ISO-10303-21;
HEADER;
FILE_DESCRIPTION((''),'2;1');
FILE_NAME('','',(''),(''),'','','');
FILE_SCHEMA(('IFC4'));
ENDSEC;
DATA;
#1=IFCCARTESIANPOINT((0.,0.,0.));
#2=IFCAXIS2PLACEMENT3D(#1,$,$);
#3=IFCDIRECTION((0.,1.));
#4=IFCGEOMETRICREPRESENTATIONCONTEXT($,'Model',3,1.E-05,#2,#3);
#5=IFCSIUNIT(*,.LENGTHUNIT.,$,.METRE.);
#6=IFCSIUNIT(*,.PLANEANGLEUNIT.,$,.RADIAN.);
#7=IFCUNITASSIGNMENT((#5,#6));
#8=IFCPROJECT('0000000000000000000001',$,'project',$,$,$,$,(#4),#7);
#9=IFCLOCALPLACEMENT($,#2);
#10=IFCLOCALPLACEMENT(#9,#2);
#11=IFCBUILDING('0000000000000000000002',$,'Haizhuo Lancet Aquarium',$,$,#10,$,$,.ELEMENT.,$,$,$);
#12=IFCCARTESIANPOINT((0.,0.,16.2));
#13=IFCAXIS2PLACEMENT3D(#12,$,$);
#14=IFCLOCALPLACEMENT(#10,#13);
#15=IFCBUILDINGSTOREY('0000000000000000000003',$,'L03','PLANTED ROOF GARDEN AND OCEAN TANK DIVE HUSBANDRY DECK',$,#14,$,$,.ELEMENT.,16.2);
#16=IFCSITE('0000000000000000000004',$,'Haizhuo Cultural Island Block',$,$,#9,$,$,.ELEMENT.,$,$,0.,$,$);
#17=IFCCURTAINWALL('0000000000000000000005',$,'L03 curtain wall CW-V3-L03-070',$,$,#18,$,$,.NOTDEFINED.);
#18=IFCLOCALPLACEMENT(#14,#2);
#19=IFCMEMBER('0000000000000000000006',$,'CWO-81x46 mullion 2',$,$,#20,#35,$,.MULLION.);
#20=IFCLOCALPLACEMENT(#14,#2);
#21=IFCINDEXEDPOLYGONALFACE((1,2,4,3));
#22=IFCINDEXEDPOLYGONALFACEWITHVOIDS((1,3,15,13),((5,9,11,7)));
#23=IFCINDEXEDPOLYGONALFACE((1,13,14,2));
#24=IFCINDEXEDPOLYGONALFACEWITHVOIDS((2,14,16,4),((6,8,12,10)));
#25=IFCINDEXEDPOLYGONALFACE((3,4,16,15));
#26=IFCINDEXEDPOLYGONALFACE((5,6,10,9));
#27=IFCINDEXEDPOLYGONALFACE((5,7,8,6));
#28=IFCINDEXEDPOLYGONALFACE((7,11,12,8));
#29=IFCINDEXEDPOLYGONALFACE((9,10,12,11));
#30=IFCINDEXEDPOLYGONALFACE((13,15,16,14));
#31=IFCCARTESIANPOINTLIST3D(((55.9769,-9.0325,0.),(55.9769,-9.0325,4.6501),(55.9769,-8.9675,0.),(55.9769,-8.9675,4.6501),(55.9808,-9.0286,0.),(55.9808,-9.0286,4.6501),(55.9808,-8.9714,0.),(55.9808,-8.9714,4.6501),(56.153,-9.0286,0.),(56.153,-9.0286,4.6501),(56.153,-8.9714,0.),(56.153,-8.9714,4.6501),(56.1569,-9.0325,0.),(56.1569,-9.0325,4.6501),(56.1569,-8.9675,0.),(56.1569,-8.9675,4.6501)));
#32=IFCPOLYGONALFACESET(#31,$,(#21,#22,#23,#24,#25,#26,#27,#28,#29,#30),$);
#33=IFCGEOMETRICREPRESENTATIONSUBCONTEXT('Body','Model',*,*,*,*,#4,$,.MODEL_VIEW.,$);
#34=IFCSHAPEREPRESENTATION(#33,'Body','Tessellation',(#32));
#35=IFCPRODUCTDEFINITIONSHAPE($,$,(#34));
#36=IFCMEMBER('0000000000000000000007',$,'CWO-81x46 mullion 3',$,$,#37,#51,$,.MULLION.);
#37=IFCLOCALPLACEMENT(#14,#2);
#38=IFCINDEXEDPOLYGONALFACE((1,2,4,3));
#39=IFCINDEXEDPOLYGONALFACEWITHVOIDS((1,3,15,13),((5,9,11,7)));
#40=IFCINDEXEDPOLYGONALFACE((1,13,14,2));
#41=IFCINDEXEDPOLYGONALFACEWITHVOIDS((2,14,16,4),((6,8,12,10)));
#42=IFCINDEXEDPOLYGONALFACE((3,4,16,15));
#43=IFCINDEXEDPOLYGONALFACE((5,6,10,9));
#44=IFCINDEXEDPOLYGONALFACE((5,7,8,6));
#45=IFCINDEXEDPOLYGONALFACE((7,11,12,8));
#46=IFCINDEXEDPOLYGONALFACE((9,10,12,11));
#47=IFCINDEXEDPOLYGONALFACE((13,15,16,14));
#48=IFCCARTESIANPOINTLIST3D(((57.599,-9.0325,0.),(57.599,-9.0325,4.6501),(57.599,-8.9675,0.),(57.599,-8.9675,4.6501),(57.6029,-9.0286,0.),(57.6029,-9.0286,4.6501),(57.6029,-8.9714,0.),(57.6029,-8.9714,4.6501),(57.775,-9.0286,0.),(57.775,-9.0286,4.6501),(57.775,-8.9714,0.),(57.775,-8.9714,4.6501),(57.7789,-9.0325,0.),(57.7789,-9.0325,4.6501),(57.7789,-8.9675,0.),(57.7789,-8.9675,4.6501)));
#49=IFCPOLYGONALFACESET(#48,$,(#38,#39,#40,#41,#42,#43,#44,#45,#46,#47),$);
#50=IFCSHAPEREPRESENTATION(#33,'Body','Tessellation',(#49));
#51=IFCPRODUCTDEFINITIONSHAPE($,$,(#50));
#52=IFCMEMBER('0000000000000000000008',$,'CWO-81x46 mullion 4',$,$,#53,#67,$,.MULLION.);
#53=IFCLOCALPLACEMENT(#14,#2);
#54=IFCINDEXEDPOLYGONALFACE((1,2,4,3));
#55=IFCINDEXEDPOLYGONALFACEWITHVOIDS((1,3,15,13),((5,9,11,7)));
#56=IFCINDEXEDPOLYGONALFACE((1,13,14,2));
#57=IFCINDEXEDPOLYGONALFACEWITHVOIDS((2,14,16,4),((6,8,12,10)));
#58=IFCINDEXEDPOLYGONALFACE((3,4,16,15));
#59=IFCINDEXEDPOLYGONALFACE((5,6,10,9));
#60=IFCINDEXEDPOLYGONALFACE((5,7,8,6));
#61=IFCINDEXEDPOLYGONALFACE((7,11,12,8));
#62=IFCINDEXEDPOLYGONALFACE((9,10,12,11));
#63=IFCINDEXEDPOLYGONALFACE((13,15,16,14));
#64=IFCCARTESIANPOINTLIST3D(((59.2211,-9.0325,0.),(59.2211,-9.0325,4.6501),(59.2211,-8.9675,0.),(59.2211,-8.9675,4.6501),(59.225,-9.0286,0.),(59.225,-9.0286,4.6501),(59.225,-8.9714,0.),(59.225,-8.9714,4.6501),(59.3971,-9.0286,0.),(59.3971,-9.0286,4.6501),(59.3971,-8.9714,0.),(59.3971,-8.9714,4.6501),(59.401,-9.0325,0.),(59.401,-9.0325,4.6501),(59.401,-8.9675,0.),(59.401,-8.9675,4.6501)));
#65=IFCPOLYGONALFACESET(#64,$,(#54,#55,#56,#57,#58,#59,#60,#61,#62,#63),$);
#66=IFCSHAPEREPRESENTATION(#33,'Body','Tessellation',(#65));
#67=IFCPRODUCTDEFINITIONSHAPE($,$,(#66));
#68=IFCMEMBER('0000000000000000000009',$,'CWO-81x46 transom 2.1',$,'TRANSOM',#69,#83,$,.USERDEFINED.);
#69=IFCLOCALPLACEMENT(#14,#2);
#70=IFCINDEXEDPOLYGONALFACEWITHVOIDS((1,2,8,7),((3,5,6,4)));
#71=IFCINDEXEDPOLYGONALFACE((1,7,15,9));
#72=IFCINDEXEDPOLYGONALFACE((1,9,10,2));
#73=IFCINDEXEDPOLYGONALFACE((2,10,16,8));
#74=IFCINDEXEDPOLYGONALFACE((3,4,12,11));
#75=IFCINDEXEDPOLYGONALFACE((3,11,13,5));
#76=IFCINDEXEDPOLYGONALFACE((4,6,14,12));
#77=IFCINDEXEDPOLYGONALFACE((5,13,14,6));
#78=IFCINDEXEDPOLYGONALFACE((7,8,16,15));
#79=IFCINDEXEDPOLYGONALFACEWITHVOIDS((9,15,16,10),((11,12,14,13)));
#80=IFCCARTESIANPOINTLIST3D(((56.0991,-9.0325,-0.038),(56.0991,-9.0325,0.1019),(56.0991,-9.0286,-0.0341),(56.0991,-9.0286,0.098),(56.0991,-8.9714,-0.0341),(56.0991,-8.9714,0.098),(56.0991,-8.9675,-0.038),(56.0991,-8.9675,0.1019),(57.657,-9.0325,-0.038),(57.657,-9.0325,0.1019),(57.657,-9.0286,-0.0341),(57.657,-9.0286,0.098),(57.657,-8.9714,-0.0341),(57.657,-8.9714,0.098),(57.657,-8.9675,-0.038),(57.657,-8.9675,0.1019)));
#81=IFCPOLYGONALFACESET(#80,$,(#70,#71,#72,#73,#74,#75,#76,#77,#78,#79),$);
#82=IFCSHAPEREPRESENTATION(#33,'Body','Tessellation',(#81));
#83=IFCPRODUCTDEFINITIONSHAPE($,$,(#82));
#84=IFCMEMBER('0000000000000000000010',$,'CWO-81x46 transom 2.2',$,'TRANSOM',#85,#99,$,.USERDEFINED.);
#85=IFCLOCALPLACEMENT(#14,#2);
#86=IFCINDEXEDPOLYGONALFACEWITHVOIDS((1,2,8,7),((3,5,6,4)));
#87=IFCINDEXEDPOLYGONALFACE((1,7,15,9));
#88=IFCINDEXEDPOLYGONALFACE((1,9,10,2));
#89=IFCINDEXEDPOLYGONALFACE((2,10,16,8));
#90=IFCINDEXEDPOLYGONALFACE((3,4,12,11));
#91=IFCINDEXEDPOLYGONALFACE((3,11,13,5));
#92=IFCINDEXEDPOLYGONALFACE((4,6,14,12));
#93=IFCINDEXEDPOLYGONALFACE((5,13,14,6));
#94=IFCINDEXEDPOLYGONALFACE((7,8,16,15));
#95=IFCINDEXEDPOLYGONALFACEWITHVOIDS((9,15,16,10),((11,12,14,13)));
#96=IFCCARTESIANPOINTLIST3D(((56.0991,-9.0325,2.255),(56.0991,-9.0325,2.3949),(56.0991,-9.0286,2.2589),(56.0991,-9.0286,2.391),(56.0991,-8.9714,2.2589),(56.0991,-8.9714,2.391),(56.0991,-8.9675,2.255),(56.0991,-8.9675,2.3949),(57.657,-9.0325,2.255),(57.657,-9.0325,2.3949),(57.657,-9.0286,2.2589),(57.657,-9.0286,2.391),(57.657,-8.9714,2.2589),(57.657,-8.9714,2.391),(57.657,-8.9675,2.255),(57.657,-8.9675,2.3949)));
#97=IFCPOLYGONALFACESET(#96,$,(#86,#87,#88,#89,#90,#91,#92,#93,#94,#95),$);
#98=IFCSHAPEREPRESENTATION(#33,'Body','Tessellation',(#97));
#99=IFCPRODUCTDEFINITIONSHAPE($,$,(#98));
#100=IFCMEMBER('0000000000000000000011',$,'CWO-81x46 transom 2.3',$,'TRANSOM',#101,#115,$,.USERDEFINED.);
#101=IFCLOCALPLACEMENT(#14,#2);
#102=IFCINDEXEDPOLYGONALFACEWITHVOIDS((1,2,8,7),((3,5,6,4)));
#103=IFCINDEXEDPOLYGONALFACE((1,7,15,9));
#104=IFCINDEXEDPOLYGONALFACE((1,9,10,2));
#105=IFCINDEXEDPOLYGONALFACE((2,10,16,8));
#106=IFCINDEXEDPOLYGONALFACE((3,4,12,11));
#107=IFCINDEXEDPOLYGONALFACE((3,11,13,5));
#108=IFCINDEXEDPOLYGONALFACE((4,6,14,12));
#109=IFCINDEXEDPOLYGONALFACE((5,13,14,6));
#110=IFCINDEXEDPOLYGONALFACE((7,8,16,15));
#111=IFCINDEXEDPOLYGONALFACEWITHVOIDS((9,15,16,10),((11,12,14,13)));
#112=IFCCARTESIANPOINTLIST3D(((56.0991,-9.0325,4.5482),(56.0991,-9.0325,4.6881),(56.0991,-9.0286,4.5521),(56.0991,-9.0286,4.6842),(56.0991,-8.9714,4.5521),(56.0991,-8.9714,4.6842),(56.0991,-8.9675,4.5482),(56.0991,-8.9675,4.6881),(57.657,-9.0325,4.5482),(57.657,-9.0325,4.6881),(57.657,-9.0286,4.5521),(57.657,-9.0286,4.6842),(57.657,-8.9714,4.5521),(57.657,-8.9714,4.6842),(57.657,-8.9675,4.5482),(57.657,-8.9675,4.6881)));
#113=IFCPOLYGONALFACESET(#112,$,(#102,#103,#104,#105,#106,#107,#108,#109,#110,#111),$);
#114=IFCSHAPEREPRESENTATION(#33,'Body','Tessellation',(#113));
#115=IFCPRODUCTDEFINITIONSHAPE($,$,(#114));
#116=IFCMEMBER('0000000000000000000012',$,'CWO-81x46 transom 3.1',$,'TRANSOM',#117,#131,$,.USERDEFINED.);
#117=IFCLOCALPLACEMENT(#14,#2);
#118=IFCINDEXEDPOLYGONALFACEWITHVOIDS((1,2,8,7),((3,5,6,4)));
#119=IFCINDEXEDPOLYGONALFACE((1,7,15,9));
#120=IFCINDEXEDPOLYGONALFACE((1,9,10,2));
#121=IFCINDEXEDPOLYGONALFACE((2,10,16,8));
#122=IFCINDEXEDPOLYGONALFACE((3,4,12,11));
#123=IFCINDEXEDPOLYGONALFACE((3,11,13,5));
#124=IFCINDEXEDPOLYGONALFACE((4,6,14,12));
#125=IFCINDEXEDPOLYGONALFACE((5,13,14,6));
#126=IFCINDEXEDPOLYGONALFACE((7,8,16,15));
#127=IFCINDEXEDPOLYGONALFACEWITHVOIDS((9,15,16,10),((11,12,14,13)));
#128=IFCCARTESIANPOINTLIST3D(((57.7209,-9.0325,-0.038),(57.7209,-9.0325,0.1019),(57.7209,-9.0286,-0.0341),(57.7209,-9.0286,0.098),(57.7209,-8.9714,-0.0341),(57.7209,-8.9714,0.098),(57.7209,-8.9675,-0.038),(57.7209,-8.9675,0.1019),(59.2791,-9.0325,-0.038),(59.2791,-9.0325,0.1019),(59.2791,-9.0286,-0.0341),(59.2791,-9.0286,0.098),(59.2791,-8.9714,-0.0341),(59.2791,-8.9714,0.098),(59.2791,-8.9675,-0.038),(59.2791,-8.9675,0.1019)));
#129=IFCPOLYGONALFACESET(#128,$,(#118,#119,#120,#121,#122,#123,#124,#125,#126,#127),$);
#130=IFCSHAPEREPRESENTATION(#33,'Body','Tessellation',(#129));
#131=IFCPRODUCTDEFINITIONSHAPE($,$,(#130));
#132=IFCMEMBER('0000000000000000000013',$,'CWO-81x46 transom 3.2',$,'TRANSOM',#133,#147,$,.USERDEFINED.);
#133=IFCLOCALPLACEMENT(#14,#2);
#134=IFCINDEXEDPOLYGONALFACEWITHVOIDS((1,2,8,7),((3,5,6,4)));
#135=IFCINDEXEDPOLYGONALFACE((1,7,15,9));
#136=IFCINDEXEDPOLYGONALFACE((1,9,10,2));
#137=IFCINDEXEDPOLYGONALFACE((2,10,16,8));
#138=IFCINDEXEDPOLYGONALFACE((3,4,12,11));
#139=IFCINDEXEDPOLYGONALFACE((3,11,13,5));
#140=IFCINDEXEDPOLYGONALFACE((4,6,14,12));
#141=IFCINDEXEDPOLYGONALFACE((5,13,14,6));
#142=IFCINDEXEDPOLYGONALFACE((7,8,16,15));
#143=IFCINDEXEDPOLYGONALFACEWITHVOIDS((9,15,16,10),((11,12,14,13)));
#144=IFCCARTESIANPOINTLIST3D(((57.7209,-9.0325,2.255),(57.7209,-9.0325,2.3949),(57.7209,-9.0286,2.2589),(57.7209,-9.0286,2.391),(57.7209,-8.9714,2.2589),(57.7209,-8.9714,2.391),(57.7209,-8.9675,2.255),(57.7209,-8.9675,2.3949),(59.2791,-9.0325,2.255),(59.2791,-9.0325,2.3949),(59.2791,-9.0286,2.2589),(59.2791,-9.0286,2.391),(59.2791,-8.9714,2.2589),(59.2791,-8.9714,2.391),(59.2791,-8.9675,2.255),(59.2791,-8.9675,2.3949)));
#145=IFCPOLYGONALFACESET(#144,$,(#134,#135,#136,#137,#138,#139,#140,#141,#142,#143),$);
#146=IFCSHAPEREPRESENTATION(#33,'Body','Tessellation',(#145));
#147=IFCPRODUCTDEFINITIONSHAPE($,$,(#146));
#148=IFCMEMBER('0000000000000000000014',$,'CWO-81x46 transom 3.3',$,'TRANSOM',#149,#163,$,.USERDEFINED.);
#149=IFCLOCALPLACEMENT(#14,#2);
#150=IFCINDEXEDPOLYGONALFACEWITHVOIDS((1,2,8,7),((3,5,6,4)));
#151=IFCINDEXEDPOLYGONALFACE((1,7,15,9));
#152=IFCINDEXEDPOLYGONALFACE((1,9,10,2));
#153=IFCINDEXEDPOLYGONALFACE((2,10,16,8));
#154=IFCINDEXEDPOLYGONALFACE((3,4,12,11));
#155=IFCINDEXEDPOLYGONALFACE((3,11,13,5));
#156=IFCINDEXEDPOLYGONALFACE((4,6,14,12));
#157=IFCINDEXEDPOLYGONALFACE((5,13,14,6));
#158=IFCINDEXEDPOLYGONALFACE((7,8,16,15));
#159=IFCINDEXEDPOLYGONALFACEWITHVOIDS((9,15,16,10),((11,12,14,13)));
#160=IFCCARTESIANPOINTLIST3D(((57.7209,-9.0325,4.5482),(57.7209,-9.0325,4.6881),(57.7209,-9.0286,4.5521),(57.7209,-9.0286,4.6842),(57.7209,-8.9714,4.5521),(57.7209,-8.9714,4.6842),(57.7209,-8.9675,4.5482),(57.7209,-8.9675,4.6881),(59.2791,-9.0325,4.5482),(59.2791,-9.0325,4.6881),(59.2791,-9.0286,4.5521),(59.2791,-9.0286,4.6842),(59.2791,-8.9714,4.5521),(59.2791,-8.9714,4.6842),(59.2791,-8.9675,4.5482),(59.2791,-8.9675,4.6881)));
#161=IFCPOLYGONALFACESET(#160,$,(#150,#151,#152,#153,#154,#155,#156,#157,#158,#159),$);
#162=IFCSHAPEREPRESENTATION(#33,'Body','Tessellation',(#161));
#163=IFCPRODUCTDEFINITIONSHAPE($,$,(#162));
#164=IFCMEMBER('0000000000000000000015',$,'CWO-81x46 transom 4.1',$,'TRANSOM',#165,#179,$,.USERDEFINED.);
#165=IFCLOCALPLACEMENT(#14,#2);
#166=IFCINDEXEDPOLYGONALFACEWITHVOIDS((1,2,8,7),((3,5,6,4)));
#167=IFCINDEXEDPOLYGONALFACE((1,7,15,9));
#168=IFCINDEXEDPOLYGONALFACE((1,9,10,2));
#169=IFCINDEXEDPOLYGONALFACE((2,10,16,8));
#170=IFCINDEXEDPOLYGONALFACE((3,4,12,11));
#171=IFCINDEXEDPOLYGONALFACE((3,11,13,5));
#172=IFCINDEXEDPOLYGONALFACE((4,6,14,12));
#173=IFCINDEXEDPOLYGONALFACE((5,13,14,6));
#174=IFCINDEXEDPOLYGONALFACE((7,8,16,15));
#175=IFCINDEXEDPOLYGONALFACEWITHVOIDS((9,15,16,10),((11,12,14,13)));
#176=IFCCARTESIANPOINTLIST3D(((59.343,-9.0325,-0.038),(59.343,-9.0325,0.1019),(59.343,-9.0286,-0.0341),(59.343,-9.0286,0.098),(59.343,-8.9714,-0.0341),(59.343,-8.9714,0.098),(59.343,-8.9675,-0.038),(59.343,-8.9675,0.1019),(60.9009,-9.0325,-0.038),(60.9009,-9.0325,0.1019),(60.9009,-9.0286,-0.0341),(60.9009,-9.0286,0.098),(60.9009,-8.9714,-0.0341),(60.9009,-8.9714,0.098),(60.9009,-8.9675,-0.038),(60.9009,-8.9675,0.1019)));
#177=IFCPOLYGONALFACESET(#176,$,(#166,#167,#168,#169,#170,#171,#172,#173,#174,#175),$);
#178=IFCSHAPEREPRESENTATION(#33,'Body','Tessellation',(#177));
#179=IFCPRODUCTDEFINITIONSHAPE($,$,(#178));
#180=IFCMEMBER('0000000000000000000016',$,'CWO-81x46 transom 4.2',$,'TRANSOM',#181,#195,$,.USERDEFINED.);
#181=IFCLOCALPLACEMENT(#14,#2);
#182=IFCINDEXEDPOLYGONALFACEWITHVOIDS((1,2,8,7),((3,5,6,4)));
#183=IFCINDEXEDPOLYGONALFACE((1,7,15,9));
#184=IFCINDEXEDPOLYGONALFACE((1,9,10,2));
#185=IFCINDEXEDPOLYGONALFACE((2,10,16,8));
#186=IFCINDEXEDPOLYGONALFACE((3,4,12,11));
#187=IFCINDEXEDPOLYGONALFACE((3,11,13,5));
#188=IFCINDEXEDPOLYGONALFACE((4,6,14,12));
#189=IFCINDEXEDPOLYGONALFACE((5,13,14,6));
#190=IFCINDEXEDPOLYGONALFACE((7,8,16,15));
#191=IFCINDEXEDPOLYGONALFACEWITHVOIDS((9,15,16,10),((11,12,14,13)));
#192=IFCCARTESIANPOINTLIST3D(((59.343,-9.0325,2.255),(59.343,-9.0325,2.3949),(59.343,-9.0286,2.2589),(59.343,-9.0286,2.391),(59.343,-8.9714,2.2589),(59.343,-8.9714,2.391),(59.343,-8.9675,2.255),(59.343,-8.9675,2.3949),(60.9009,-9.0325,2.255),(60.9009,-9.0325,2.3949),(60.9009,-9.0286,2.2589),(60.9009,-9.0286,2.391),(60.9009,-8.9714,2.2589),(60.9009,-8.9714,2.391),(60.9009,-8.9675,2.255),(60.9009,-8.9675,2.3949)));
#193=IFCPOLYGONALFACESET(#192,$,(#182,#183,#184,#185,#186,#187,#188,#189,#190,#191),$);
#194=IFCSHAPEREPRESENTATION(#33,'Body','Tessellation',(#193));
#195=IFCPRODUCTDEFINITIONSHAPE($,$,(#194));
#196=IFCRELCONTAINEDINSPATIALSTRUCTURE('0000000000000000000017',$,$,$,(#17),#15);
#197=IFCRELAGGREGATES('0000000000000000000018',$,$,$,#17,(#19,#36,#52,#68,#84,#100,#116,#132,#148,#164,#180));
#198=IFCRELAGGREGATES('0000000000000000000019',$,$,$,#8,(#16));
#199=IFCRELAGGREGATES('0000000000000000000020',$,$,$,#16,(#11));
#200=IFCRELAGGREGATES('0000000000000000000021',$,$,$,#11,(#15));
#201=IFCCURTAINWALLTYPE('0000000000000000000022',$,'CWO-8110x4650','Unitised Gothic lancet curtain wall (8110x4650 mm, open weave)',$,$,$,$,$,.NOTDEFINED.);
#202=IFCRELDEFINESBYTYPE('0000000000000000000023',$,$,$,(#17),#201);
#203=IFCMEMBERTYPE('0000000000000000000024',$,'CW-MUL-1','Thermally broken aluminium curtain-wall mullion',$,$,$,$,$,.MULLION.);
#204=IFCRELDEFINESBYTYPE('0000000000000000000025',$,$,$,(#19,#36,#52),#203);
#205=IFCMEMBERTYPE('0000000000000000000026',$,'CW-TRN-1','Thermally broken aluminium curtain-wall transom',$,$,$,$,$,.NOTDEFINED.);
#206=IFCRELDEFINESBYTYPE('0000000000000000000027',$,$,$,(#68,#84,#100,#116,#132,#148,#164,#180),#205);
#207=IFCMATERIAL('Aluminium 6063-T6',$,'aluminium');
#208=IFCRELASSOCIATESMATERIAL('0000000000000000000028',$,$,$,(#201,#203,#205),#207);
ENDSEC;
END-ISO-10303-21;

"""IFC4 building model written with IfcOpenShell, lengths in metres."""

from ifc_helpers import new_model, si_unit, direction, frame, origin, origin_2d, place, context, subcontext, project, spatial, hollow_rectangle, extrude, material, material_profile, profile_set, type_object, element, aggregate, save


model = new_model("IFC4")

# Units and contexts
model_context = context("Model", 3, precision=1e-05, world=origin(), true_north=direction((0.0, 1.0)))
body_context = subcontext(model_context, "Body", "Model", "MODEL_VIEW")
ifc_project = project(units=[si_unit("LENGTHUNIT", "METRE"), si_unit("PLANEANGLEUNIT", "RADIAN")], contexts=[model_context])

# Site, building, storey
site_placement = place(None, origin())
site = spatial("IfcSite", under=ifc_project, at=site_placement, Name="Haizhuo Cultural Island Block", CompositionType="ELEMENT", RefElevation=0.0)
building_placement = place(site_placement, origin())
building = spatial("IfcBuilding", under=site, at=building_placement, Name="Haizhuo Lancet Aquarium", CompositionType="ELEMENT")
storey_placement = place(building_placement, frame((0.0, 0.0, 16.2)))
storey = spatial("IfcBuildingStorey", under=building, at=storey_placement, Name="L03", Description="PLANTED ROOF GARDEN AND OCEAN TANK DIVE HUSBANDRY DECK", CompositionType="ELEMENT", Elevation=16.2)

# Curtain wall, members
ifc_material_1 = material(Name="Aluminium 6063-T6", Category="aluminium")
curtain_wall_type = type_object("IfcCurtainWallType", Name="CWO-8110x4650", Description="Unitised Gothic lancet curtain wall (8110x4650 mm, open weave)", PredefinedType="NOTDEFINED", material=ifc_material_1)
curtain_wall_placement = place(storey_placement, origin())
curtain_wall = element("IfcCurtainWall", 1, at=curtain_wall_placement, inside=storey, type_object=curtain_wall_type, Name="L03 curtain wall CW-V3-L03-070", PredefinedType="NOTDEFINED")
ifc_material_profile_1 = material_profile(ifc_material_1, hollow_rectangle(XDim=0.0649, YDim=0.1799, WallThickness=0.0039, at=origin_2d()), Name="ALU-M 65x180x4")
ifc_profile_set_1 = profile_set([ifc_material_profile_1], Name="Aluminium 6063-T6")
member_type_1 = type_object("IfcMemberType", Name="CW-MUL-1", Description="Thermally broken aluminium curtain-wall mullion", PredefinedType="MULLION", material=ifc_profile_set_1)
member_1_placement = place(storey_placement, frame((56.0669, -9.0, 0.0), z_axis=(0.0, 0.0, 1.0), x_axis=(0.0, 1.0, 0.0)))
member_1 = element("IfcMember", 2, at=member_1_placement, type_object=member_type_1, Name="CWO-81x46 mullion 2", PredefinedType="MULLION", context=body_context, shape_type="SweptSolid", body=[
    extrude(hollow_rectangle(XDim=0.0649, YDim=0.1799, WallThickness=0.0039, at=origin_2d()), origin(), (0.0, 0.0, 1.0), 4.6501),
])
member_2_placement = place(storey_placement, frame((57.689, -9.0, 0.0), z_axis=(0.0, 0.0, 1.0), x_axis=(0.0, 1.0, 0.0)))
member_2 = element("IfcMember", 3, at=member_2_placement, type_object=member_type_1, Name="CWO-81x46 mullion 3", PredefinedType="MULLION", context=body_context, shape_type="SweptSolid", body=[
    extrude(hollow_rectangle(XDim=0.0649, YDim=0.1799, WallThickness=0.0039, at=origin_2d()), origin(), (0.0, 0.0, 1.0), 4.6501),
])
member_3_placement = place(storey_placement, frame((59.311, -9.0, 0.0), z_axis=(0.0, 0.0, 1.0), x_axis=(0.0, 1.0, 0.0)))
member_3 = element("IfcMember", 4, at=member_3_placement, type_object=member_type_1, Name="CWO-81x46 mullion 4", PredefinedType="MULLION", context=body_context, shape_type="SweptSolid", body=[
    extrude(hollow_rectangle(XDim=0.0649, YDim=0.1799, WallThickness=0.0039, at=origin_2d()), origin(), (0.0, 0.0, 1.0), 4.6501),
])
ifc_material_profile_2 = material_profile(ifc_material_1, hollow_rectangle(XDim=0.0649, YDim=0.1399, WallThickness=0.0039, at=origin_2d()), Name="ALU-T 65x140x4")
ifc_profile_set_2 = profile_set([ifc_material_profile_2], Name="Aluminium 6063-T6")
member_type_2 = type_object("IfcMemberType", Name="CW-TRN-1", Description="Thermally broken aluminium curtain-wall transom", PredefinedType="NOTDEFINED", material=ifc_profile_set_2)
member_4_placement = place(storey_placement, frame((56.0991, -9.0, 0.032), z_axis=(1.0, 0.0, 0.0), x_axis=(0.0, 1.0, 0.0)))
member_4 = element("IfcMember", 5, at=member_4_placement, type_object=member_type_2, Name="CWO-81x46 transom 2.1", ObjectType="TRANSOM", PredefinedType="USERDEFINED", context=body_context, shape_type="SweptSolid", body=[
    extrude(hollow_rectangle(XDim=0.0649, YDim=0.1399, WallThickness=0.0039, at=origin_2d()), origin(), (0.0, 0.0, 1.0), 1.5579),
])
member_5_placement = place(storey_placement, frame((56.0991, -9.0, 2.325), z_axis=(1.0, 0.0, 0.0), x_axis=(0.0, 1.0, 0.0)))
member_5 = element("IfcMember", 6, at=member_5_placement, type_object=member_type_2, Name="CWO-81x46 transom 2.2", ObjectType="TRANSOM", PredefinedType="USERDEFINED", context=body_context, shape_type="SweptSolid", body=[
    extrude(hollow_rectangle(XDim=0.0649, YDim=0.1399, WallThickness=0.0039, at=origin_2d()), origin(), (0.0, 0.0, 1.0), 1.5579),
])
member_6_placement = place(storey_placement, frame((56.0991, -9.0, 4.6182), z_axis=(1.0, 0.0, 0.0), x_axis=(0.0, 1.0, 0.0)))
member_6 = element("IfcMember", 7, at=member_6_placement, type_object=member_type_2, Name="CWO-81x46 transom 2.3", ObjectType="TRANSOM", PredefinedType="USERDEFINED", context=body_context, shape_type="SweptSolid", body=[
    extrude(hollow_rectangle(XDim=0.0649, YDim=0.1399, WallThickness=0.0039, at=origin_2d()), origin(), (0.0, 0.0, 1.0), 1.5579),
])
member_7_placement = place(storey_placement, frame((57.7209, -9.0, 0.032), z_axis=(1.0, 0.0, 0.0), x_axis=(0.0, 1.0, 0.0)))
member_7 = element("IfcMember", 8, at=member_7_placement, type_object=member_type_2, Name="CWO-81x46 transom 3.1", ObjectType="TRANSOM", PredefinedType="USERDEFINED", context=body_context, shape_type="SweptSolid", body=[
    extrude(hollow_rectangle(XDim=0.0649, YDim=0.1399, WallThickness=0.0039, at=origin_2d()), origin(), (0.0, 0.0, 1.0), 1.5581),
])
member_8_placement = place(storey_placement, frame((57.7209, -9.0, 2.325), z_axis=(1.0, 0.0, 0.0), x_axis=(0.0, 1.0, 0.0)))
member_8 = element("IfcMember", 9, at=member_8_placement, type_object=member_type_2, Name="CWO-81x46 transom 3.2", ObjectType="TRANSOM", PredefinedType="USERDEFINED", context=body_context, shape_type="SweptSolid", body=[
    extrude(hollow_rectangle(XDim=0.0649, YDim=0.1399, WallThickness=0.0039, at=origin_2d()), origin(), (0.0, 0.0, 1.0), 1.5581),
])
member_9_placement = place(storey_placement, frame((57.7209, -9.0, 4.6182), z_axis=(1.0, 0.0, 0.0), x_axis=(0.0, 1.0, 0.0)))
member_9 = element("IfcMember", 10, at=member_9_placement, type_object=member_type_2, Name="CWO-81x46 transom 3.3", ObjectType="TRANSOM", PredefinedType="USERDEFINED", context=body_context, shape_type="SweptSolid", body=[
    extrude(hollow_rectangle(XDim=0.0649, YDim=0.1399, WallThickness=0.0039, at=origin_2d()), origin(), (0.0, 0.0, 1.0), 1.5581),
])
member_10_placement = place(storey_placement, frame((59.343, -9.0, 0.032), z_axis=(1.0, 0.0, 0.0), x_axis=(0.0, 1.0, 0.0)))
member_10 = element("IfcMember", 11, at=member_10_placement, type_object=member_type_2, Name="CWO-81x46 transom 4.1", ObjectType="TRANSOM", PredefinedType="USERDEFINED", context=body_context, shape_type="SweptSolid", body=[
    extrude(hollow_rectangle(XDim=0.0649, YDim=0.1399, WallThickness=0.0039, at=origin_2d()), origin(), (0.0, 0.0, 1.0), 1.5579),
])
member_11_placement = place(storey_placement, frame((59.343, -9.0, 2.325), z_axis=(1.0, 0.0, 0.0), x_axis=(0.0, 1.0, 0.0)))
member_11 = element("IfcMember", 12, at=member_11_placement, type_object=member_type_2, Name="CWO-81x46 transom 4.2", ObjectType="TRANSOM", PredefinedType="USERDEFINED", context=body_context, shape_type="SweptSolid", body=[
    extrude(hollow_rectangle(XDim=0.0649, YDim=0.1399, WallThickness=0.0039, at=origin_2d()), origin(), (0.0, 0.0, 1.0), 1.5579),
])

aggregate(curtain_wall, [member_1, member_2, member_3, member_4, member_5, member_6, member_7, member_8, member_9, member_10, member_11])

save(model, "model.ifc")
